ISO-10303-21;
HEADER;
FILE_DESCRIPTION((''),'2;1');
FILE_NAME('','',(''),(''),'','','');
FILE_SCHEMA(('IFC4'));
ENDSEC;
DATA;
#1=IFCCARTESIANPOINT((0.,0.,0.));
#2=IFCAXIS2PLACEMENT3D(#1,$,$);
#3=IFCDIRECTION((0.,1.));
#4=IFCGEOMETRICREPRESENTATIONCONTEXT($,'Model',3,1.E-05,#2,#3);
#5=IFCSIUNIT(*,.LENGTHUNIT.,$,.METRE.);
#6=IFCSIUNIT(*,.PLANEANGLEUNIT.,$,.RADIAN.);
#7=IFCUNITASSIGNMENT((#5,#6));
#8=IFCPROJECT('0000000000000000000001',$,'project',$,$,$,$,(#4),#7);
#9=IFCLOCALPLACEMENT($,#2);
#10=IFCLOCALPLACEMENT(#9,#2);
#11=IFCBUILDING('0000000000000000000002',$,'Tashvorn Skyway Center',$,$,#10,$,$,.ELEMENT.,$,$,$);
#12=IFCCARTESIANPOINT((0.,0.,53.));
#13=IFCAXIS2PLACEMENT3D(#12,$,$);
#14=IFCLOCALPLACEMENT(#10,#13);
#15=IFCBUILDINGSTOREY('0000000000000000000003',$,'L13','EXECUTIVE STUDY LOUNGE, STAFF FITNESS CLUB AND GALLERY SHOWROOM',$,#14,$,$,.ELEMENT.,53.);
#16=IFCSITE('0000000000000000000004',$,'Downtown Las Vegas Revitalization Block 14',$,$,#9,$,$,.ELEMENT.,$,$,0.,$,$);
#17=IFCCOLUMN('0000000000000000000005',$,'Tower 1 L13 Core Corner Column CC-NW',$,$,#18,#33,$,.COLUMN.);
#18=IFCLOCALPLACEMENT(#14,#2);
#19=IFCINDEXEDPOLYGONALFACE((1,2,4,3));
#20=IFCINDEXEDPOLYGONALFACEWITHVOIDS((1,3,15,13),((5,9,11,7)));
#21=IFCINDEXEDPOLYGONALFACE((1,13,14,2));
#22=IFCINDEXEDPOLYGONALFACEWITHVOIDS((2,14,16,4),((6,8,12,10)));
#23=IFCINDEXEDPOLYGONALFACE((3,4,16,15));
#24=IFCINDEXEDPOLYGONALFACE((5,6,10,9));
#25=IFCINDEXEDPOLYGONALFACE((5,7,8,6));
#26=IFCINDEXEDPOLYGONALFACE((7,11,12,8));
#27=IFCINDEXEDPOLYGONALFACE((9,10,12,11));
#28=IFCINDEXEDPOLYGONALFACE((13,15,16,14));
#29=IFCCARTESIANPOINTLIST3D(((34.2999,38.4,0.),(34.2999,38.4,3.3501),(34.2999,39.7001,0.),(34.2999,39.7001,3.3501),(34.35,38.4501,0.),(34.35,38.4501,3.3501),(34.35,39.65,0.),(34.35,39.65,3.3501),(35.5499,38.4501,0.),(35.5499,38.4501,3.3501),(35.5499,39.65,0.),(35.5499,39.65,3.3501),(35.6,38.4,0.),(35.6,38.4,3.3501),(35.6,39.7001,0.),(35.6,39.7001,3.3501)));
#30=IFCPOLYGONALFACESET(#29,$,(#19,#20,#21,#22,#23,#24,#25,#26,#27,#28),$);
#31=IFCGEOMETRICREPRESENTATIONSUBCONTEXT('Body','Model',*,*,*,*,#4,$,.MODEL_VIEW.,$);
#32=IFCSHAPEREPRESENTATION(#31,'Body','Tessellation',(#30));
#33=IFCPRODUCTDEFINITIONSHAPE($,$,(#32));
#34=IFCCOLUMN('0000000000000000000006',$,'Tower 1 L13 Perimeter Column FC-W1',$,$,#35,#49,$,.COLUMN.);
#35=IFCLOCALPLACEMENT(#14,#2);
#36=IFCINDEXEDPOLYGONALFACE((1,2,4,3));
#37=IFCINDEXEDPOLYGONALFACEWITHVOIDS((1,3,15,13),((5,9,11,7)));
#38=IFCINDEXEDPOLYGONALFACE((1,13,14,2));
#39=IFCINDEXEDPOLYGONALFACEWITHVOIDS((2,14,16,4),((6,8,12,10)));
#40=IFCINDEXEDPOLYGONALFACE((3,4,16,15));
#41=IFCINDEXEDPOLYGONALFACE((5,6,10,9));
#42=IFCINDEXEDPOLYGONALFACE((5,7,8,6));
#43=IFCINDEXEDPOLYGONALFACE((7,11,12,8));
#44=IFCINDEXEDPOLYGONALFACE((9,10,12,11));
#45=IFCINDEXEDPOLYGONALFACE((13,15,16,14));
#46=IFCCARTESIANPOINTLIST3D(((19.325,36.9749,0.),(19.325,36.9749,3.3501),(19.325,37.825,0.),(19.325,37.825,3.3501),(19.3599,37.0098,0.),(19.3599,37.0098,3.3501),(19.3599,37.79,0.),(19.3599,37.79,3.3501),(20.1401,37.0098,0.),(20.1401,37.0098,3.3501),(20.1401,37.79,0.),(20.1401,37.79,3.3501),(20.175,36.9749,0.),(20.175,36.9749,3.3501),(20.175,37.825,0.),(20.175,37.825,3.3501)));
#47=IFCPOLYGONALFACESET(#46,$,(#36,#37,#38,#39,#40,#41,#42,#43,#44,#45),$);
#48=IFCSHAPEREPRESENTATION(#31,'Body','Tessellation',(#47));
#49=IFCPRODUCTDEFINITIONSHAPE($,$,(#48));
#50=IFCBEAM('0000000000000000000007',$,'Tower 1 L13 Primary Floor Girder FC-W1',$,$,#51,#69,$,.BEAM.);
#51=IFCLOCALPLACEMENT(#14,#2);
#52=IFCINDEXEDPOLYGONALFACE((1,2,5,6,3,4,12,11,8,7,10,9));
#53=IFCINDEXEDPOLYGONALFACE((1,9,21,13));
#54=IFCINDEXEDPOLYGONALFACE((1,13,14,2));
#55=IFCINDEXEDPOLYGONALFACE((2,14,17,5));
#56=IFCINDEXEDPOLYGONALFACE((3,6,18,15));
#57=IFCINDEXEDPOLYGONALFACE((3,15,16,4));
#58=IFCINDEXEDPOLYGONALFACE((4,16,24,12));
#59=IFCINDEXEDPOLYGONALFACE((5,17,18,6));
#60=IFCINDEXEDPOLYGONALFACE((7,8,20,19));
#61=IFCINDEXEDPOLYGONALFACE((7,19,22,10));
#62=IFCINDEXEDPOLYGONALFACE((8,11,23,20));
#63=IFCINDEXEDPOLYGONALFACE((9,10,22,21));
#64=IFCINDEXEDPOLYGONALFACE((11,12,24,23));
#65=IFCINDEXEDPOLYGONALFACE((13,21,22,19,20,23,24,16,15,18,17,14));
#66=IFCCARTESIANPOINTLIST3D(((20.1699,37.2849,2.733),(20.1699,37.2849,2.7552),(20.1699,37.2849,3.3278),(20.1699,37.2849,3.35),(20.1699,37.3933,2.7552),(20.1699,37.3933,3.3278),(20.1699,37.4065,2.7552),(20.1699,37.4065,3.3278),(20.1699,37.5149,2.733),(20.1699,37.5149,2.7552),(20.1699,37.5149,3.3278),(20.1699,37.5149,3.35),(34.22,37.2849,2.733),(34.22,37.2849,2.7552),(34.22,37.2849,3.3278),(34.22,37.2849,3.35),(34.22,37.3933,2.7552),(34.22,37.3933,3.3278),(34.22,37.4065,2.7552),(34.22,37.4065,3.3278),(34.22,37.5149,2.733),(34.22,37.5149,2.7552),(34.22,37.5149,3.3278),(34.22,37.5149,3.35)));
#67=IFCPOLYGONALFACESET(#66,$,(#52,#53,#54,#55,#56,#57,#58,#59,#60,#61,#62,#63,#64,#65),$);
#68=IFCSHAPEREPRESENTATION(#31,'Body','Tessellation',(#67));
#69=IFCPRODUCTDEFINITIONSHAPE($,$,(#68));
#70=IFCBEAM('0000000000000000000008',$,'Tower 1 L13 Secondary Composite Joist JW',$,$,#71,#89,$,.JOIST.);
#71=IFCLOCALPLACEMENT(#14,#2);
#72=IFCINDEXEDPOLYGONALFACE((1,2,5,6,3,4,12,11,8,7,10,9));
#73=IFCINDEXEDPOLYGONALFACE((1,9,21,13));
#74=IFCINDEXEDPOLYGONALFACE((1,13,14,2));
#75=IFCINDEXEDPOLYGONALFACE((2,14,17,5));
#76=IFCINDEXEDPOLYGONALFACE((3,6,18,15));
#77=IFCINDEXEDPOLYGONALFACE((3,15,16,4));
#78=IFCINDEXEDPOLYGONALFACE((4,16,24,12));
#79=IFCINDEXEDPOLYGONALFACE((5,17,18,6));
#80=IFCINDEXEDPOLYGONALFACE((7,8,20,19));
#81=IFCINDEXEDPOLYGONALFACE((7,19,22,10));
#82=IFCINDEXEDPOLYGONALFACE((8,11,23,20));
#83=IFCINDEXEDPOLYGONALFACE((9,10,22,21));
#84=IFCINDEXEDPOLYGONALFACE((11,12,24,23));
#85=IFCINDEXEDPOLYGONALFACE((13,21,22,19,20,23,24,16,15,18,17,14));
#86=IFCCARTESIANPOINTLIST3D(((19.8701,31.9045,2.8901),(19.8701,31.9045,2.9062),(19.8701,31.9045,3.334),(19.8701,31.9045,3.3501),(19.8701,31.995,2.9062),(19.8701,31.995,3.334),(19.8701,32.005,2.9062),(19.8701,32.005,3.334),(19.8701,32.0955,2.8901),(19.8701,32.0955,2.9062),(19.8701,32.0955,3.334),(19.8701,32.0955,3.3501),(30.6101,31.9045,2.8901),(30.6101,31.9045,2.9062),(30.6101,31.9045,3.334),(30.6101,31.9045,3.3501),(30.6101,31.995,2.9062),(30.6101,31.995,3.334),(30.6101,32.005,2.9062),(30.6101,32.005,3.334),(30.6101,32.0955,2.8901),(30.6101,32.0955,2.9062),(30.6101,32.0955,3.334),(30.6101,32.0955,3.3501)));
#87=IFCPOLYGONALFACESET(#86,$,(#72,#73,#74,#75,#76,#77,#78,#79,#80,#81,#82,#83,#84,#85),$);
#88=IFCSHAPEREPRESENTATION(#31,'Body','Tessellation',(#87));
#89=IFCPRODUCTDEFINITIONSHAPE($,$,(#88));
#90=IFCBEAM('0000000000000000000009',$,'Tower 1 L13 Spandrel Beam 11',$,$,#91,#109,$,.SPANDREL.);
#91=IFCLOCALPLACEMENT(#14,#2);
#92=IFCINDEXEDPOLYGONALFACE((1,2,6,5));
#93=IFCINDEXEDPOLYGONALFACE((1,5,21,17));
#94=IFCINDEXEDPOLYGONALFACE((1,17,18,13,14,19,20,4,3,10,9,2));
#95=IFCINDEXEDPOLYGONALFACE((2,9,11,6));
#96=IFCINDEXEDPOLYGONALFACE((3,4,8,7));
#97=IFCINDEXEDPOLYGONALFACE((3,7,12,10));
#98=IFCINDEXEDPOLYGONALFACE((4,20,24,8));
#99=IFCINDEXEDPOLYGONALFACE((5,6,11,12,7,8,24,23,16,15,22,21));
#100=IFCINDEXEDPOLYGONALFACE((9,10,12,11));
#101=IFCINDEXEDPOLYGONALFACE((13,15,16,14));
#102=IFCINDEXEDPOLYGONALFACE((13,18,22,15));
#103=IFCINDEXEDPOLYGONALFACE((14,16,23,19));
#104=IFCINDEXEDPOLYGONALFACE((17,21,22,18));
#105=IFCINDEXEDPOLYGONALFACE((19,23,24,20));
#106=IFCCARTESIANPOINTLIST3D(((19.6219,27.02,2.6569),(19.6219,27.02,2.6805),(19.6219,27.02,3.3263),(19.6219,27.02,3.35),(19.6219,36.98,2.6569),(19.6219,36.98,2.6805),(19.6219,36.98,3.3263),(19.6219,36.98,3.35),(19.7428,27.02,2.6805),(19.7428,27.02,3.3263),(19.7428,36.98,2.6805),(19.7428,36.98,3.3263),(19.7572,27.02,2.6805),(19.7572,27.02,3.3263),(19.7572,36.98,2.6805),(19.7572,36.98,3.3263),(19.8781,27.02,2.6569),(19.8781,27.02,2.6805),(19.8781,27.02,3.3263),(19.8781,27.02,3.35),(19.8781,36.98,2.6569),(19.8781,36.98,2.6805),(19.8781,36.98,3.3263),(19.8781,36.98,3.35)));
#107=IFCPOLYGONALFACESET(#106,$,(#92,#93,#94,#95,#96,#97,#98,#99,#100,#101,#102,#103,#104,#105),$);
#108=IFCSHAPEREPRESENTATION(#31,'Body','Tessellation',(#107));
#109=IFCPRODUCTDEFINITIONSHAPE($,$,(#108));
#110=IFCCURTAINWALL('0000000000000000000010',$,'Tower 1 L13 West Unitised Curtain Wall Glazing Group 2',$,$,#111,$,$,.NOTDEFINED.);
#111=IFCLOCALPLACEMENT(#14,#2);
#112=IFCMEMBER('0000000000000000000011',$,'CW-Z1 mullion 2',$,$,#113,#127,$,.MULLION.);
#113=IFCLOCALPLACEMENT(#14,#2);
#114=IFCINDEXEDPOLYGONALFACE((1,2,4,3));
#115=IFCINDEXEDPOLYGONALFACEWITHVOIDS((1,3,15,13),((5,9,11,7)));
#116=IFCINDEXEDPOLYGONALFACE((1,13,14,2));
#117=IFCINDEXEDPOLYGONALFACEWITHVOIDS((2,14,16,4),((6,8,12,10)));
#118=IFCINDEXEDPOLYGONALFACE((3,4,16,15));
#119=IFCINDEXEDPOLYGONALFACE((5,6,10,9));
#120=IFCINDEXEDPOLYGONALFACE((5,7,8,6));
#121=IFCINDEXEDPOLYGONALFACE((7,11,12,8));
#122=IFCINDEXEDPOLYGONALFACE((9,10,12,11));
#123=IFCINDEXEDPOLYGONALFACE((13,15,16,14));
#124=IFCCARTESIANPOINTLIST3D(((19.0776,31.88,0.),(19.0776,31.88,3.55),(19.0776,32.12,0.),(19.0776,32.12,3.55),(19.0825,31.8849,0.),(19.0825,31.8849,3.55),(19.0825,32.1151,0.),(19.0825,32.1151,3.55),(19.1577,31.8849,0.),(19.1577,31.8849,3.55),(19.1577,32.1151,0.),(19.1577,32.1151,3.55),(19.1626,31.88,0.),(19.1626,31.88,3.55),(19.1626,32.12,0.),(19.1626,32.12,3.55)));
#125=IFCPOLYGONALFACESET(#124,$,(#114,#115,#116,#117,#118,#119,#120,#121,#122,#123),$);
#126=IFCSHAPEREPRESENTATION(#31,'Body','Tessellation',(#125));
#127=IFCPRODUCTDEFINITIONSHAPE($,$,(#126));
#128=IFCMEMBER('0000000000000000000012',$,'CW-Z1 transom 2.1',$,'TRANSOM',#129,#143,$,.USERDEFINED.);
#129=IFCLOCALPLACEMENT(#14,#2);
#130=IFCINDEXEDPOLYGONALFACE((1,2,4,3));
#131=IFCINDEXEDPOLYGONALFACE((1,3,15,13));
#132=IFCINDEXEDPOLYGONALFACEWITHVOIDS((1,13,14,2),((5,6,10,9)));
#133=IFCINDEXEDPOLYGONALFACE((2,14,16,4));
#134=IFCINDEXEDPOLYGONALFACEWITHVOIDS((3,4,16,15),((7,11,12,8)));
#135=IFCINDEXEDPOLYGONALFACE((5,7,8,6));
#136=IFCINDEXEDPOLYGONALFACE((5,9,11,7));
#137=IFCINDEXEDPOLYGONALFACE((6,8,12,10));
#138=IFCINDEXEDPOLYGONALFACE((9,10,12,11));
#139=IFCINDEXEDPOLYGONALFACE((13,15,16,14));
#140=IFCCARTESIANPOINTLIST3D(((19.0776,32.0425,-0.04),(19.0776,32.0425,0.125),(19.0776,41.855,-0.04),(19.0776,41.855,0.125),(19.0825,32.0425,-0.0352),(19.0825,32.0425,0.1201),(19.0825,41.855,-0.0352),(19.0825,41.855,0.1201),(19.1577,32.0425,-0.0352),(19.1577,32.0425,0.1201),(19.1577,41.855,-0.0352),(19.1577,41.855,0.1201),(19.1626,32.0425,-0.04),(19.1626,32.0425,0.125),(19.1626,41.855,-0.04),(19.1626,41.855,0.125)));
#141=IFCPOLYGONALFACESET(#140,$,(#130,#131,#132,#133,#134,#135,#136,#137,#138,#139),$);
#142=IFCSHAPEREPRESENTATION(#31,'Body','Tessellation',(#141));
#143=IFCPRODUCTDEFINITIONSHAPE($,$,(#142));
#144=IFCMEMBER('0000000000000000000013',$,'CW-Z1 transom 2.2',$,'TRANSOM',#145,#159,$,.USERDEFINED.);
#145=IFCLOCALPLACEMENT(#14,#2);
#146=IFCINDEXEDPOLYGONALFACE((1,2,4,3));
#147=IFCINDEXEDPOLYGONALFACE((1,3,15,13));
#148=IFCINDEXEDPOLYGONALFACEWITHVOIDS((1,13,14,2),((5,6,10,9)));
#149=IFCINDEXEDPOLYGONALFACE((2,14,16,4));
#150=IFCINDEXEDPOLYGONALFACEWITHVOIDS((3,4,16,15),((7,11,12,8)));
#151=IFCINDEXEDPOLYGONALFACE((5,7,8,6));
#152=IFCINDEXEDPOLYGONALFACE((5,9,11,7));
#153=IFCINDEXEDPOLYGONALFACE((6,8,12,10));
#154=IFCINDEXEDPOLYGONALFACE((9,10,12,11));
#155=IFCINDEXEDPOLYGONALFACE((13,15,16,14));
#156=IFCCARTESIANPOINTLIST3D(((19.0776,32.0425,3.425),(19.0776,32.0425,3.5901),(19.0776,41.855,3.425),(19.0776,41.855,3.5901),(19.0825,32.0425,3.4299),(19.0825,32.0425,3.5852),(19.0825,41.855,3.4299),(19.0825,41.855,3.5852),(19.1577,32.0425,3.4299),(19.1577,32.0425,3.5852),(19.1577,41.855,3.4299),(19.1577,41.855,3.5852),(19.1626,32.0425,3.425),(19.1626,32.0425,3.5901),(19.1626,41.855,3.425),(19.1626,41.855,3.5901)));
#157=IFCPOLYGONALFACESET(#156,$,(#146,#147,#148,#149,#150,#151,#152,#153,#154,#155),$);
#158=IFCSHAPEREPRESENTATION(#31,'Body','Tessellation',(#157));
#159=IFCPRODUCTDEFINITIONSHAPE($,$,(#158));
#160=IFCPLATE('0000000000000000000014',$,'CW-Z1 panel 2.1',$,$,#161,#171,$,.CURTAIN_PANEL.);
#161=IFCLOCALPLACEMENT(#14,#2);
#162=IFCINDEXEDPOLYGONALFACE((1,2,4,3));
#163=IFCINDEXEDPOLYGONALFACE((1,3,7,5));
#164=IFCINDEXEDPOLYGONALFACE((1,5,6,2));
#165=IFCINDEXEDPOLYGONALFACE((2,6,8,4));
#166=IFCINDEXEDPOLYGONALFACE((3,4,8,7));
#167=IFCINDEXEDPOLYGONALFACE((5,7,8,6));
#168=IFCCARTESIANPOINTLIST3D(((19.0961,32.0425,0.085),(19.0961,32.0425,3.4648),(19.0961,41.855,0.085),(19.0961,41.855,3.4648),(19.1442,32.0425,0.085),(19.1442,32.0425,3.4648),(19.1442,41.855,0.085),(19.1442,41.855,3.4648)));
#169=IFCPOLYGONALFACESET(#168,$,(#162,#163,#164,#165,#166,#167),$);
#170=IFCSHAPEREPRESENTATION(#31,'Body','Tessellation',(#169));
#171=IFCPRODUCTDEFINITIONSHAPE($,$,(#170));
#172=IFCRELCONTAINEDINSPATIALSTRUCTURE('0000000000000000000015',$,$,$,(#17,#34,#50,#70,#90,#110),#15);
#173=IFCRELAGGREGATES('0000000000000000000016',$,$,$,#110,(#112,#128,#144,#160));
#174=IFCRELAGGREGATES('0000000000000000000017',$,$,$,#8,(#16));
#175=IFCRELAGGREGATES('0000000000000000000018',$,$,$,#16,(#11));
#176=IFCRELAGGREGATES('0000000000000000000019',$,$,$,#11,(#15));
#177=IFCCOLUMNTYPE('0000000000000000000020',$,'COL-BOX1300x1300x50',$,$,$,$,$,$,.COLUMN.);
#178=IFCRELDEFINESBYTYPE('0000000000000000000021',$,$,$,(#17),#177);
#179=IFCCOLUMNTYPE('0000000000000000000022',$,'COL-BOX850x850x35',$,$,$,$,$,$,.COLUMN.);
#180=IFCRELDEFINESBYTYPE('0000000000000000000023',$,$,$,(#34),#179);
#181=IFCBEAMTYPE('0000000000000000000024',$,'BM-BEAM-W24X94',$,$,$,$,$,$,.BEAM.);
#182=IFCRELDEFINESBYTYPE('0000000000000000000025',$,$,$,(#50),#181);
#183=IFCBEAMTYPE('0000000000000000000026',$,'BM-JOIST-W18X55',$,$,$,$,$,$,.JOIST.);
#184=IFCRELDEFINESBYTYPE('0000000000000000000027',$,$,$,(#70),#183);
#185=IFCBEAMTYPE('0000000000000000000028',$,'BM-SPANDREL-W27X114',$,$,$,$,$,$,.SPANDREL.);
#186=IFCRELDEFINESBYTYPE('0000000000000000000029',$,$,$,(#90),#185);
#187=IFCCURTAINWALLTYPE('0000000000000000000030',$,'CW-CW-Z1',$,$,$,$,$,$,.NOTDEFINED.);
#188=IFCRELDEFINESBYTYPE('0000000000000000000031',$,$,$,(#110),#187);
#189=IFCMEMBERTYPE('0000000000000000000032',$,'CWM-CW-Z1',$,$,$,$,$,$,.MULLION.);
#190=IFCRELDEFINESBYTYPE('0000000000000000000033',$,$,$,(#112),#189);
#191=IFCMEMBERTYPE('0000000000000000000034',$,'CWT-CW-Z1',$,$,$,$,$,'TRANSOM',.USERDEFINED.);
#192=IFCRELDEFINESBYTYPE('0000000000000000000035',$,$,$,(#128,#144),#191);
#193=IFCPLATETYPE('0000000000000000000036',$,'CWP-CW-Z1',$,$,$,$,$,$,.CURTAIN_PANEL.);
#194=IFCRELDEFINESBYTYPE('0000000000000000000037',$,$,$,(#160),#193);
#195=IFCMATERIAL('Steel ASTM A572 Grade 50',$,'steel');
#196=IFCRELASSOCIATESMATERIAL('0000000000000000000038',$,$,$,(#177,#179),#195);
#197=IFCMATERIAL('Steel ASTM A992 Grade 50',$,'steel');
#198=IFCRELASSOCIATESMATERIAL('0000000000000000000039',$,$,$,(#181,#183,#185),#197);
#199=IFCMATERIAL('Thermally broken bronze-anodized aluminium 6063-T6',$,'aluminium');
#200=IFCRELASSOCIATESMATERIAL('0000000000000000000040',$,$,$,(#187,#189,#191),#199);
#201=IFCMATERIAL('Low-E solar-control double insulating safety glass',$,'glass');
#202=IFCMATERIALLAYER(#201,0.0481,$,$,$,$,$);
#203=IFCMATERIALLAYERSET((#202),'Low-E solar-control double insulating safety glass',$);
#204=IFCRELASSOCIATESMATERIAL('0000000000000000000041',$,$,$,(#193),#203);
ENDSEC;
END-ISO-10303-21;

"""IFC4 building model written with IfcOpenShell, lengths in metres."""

from ifc_helpers import new_model, si_unit, direction, frame, origin, origin_2d, place, context, subcontext, project, spatial, rectangle, hollow_rectangle, i_section, extrude, material, layer, layer_set, material_profile, profile_set, type_object, element, aggregate, save


model = new_model("IFC4")

# Units and contexts
model_context = context("Model", 3, precision=1e-05, world=origin(), true_north=direction((0.0, 1.0)))
body_context = subcontext(model_context, "Body", "Model", "MODEL_VIEW")
ifc_project = project(units=[si_unit("LENGTHUNIT", "METRE"), si_unit("PLANEANGLEUNIT", "RADIAN")], contexts=[model_context])

# Site, building, storey
site_placement = place(None, origin())
site = spatial("IfcSite", under=ifc_project, at=site_placement, Name="Downtown Las Vegas Revitalization Block 14", CompositionType="ELEMENT", RefElevation=0.0)
building_placement = place(site_placement, origin())
building = spatial("IfcBuilding", under=site, at=building_placement, Name="Tashvorn Skyway Center", CompositionType="ELEMENT")
storey_placement = place(building_placement, frame((0.0, 0.0, 53.0)))
storey = spatial("IfcBuildingStorey", under=building, at=storey_placement, Name="L13", Description="EXECUTIVE STUDY LOUNGE, STAFF FITNESS CLUB AND GALLERY SHOWROOM", CompositionType="ELEMENT", Elevation=53.0)

# Columns
ifc_material_1 = material(Name="Steel ASTM A572 Grade 50", Category="steel")
ifc_material_profile_1 = material_profile(ifc_material_1, hollow_rectangle(XDim=1.3, YDim=1.3, WallThickness=0.05, at=origin_2d()), Name="BOX1300x1300x50")
ifc_profile_set_1 = profile_set([ifc_material_profile_1], Name="Steel ASTM A572 Grade 50")
column_type_1 = type_object("IfcColumnType", Name="COL-BOX1300x1300x50", PredefinedType="COLUMN", material=ifc_profile_set_1)
column_1_placement = place(storey_placement, frame((34.95, 39.05, 0.0), z_axis=(0.0, 0.0, 1.0), x_axis=(1.0, 0.0, 0.0)))
element("IfcColumn", 1, at=column_1_placement, inside=storey, type_object=column_type_1, Name="Tower 1 L13 Core Corner Column CC-NW", PredefinedType="COLUMN", context=body_context, shape_type="SweptSolid", body=[
    extrude(hollow_rectangle(XDim=1.3, YDim=1.3, WallThickness=0.05, at=origin_2d()), origin(), (0.0, 0.0, 1.0), 3.3501),
])
ifc_material_profile_2 = material_profile(ifc_material_1, hollow_rectangle(XDim=0.8501, YDim=0.8501, WallThickness=0.0349, at=origin_2d()), Name="BOX850x850x35")
ifc_profile_set_2 = profile_set([ifc_material_profile_2], Name="Steel ASTM A572 Grade 50")
column_type_2 = type_object("IfcColumnType", Name="COL-BOX850x850x35", PredefinedType="COLUMN", material=ifc_profile_set_2)
column_2_placement = place(storey_placement, frame((19.75, 37.3999, 0.0), z_axis=(0.0, 0.0, 1.0), x_axis=(1.0, 0.0, 0.0)))
element("IfcColumn", 2, at=column_2_placement, inside=storey, type_object=column_type_2, Name="Tower 1 L13 Perimeter Column FC-W1", PredefinedType="COLUMN", context=body_context, shape_type="SweptSolid", body=[
    extrude(hollow_rectangle(XDim=0.8501, YDim=0.8501, WallThickness=0.0349, at=origin_2d()), origin(), (0.0, 0.0, 1.0), 3.3501),
])

# Beams
ifc_material_2 = material(Name="Steel ASTM A992 Grade 50", Category="steel")
ifc_material_profile_3 = material_profile(ifc_material_2, i_section(OverallWidth=0.23, OverallDepth=0.6169, WebThickness=0.0132, FlangeThickness=0.0222, at=origin_2d()), Name="W24X94")
ifc_profile_set_3 = profile_set([ifc_material_profile_3], Name="Steel ASTM A992 Grade 50")
beam_type_1 = type_object("IfcBeamType", Name="BM-BEAM-W24X94", PredefinedType="BEAM", material=ifc_profile_set_3)
beam_1_placement = place(storey_placement, frame((20.1699, 37.3999, 3.0415), z_axis=(1.0, 0.0, 0.0), x_axis=(0.0, 1.0, 0.0)))
element("IfcBeam", 3, at=beam_1_placement, inside=storey, type_object=beam_type_1, Name="Tower 1 L13 Primary Floor Girder FC-W1", PredefinedType="BEAM", context=body_context, shape_type="SweptSolid", body=[
    extrude(i_section(OverallWidth=0.23, OverallDepth=0.6169, WebThickness=0.0132, FlangeThickness=0.0222, at=origin_2d()), origin(), (0.0, 0.0, 1.0), 14.05),
])
ifc_material_profile_4 = material_profile(ifc_material_2, i_section(OverallWidth=0.1909, OverallDepth=0.46, WebThickness=0.01, FlangeThickness=0.0161, at=origin_2d()), Name="W18X55")
ifc_profile_set_4 = profile_set([ifc_material_profile_4], Name="Steel ASTM A992 Grade 50")
beam_type_2 = type_object("IfcBeamType", Name="BM-JOIST-W18X55", PredefinedType="JOIST", material=ifc_profile_set_4)
beam_2_placement = place(storey_placement, frame((30.6101, 32.0, 3.1201), z_axis=(-1.0, 0.0, 0.0), x_axis=(0.0, -1.0, 0.0)))
element("IfcBeam", 4, at=beam_2_placement, inside=storey, type_object=beam_type_2, Name="Tower 1 L13 Secondary Composite Joist JW", PredefinedType="JOIST", context=body_context, shape_type="SweptSolid", body=[
    extrude(i_section(OverallWidth=0.1909, OverallDepth=0.46, WebThickness=0.01, FlangeThickness=0.0161, at=origin_2d()), origin(), (0.0, 0.0, 1.0), 10.74),
])
ifc_material_profile_5 = material_profile(ifc_material_2, i_section(OverallWidth=0.2561, OverallDepth=0.6931, WebThickness=0.0144, FlangeThickness=0.0237, at=origin_2d()), Name="W27X114")
ifc_profile_set_5 = profile_set([ifc_material_profile_5], Name="Steel ASTM A992 Grade 50")
beam_type_3 = type_object("IfcBeamType", Name="BM-SPANDREL-W27X114", PredefinedType="SPANDREL", material=ifc_profile_set_5)
beam_3_placement = place(storey_placement, frame((19.75, 36.98, 3.0034), z_axis=(0.0, -1.0, 0.0), x_axis=(1.0, 0.0, 0.0)))
element("IfcBeam", 5, at=beam_3_placement, inside=storey, type_object=beam_type_3, Name="Tower 1 L13 Spandrel Beam 11", PredefinedType="SPANDREL", context=body_context, shape_type="SweptSolid", body=[
    extrude(i_section(OverallWidth=0.2561, OverallDepth=0.6931, WebThickness=0.0144, FlangeThickness=0.0237, at=origin_2d()), origin(), (0.0, 0.0, 1.0), 9.96),
])

# Curtain wall, members, plate
ifc_material_3 = material(Name="Thermally broken bronze-anodized aluminium 6063-T6", Category="aluminium")
curtain_wall_type = type_object("IfcCurtainWallType", Name="CW-CW-Z1", PredefinedType="NOTDEFINED", material=ifc_material_3)
curtain_wall_placement = place(storey_placement, origin())
curtain_wall = element("IfcCurtainWall", 6, at=curtain_wall_placement, inside=storey, type_object=curtain_wall_type, Name="Tower 1 L13 West Unitised Curtain Wall Glazing Group 2", PredefinedType="NOTDEFINED")
ifc_material_profile_6 = material_profile(ifc_material_3, hollow_rectangle(XDim=0.085, YDim=0.24, WallThickness=0.0049, at=origin_2d()), Name="ALU-MULL-85x240")
ifc_profile_set_6 = profile_set([ifc_material_profile_6], Name="Thermally broken bronze-anodized aluminium 6063-T6")
member_type_1 = type_object("IfcMemberType", Name="CWM-CW-Z1", PredefinedType="MULLION", material=ifc_profile_set_6)
member_1_placement = place(storey_placement, frame((19.1201, 32.0, 0.0), z_axis=(0.0, 0.0, 1.0), x_axis=(-1.0, 0.0, 0.0)))
member_1 = element("IfcMember", 7, at=member_1_placement, type_object=member_type_1, Name="CW-Z1 mullion 2", PredefinedType="MULLION", context=body_context, shape_type="SweptSolid", body=[
    extrude(hollow_rectangle(XDim=0.085, YDim=0.24, WallThickness=0.0049, at=origin_2d()), origin(), (0.0, 0.0, 1.0), 3.55),
])
ifc_material_profile_7 = material_profile(ifc_material_3, hollow_rectangle(XDim=0.085, YDim=0.165, WallThickness=0.0049, at=origin_2d()), Name="ALU-TRAN-85x165")
ifc_profile_set_7 = profile_set([ifc_material_profile_7], Name="Thermally broken bronze-anodized aluminium 6063-T6")
member_type_2 = type_object("IfcMemberType", Name="CWT-CW-Z1", ElementType="TRANSOM", PredefinedType="USERDEFINED", material=ifc_profile_set_7)
member_2_placement = place(storey_placement, frame((19.1201, 32.0425, 0.0425), z_axis=(0.0, 1.0, 0.0), x_axis=(-1.0, 0.0, 0.0)))
member_2 = element("IfcMember", 8, at=member_2_placement, type_object=member_type_2, Name="CW-Z1 transom 2.1", ObjectType="TRANSOM", PredefinedType="USERDEFINED", context=body_context, shape_type="SweptSolid", body=[
    extrude(hollow_rectangle(XDim=0.085, YDim=0.165, WallThickness=0.0049, at=origin_2d()), origin(), (0.0, 0.0, 1.0), 9.8125),
])
member_3_placement = place(storey_placement, frame((19.1201, 32.0425, 3.5076), z_axis=(0.0, 1.0, 0.0), x_axis=(-1.0, 0.0, 0.0)))
member_3 = element("IfcMember", 9, at=member_3_placement, type_object=member_type_2, Name="CW-Z1 transom 2.2", ObjectType="TRANSOM", PredefinedType="USERDEFINED", context=body_context, shape_type="SweptSolid", body=[
    extrude(hollow_rectangle(XDim=0.085, YDim=0.165, WallThickness=0.0049, at=origin_2d()), origin(), (0.0, 0.0, 1.0), 9.8125),
])
ifc_material_4 = material(Name="Low-E solar-control double insulating safety glass", Category="glass")
ifc_layer_1 = layer(ifc_material_4, 0.0481)
ifc_layer_set_1 = layer_set([ifc_layer_1], Name="Low-E solar-control double insulating safety glass")
plate_type = type_object("IfcPlateType", Name="CWP-CW-Z1", PredefinedType="CURTAIN_PANEL", material=ifc_layer_set_1)
plate_placement = place(storey_placement, frame((19.1201, 36.9487, 0.085), z_axis=(0.0, 0.0, 1.0), x_axis=(0.0, 1.0, 0.0)))
plate = element("IfcPlate", 10, at=plate_placement, type_object=plate_type, Name="CW-Z1 panel 2.1", PredefinedType="CURTAIN_PANEL", context=body_context, shape_type="SweptSolid", body=[
    extrude(rectangle(XDim=9.8125, YDim=0.0481, at=origin_2d()), origin(), (0.0, 0.0, 1.0), 3.3799),
])
aggregate(curtain_wall, [member_1, member_2, member_3, plate])

save(model, "model.ifc")
